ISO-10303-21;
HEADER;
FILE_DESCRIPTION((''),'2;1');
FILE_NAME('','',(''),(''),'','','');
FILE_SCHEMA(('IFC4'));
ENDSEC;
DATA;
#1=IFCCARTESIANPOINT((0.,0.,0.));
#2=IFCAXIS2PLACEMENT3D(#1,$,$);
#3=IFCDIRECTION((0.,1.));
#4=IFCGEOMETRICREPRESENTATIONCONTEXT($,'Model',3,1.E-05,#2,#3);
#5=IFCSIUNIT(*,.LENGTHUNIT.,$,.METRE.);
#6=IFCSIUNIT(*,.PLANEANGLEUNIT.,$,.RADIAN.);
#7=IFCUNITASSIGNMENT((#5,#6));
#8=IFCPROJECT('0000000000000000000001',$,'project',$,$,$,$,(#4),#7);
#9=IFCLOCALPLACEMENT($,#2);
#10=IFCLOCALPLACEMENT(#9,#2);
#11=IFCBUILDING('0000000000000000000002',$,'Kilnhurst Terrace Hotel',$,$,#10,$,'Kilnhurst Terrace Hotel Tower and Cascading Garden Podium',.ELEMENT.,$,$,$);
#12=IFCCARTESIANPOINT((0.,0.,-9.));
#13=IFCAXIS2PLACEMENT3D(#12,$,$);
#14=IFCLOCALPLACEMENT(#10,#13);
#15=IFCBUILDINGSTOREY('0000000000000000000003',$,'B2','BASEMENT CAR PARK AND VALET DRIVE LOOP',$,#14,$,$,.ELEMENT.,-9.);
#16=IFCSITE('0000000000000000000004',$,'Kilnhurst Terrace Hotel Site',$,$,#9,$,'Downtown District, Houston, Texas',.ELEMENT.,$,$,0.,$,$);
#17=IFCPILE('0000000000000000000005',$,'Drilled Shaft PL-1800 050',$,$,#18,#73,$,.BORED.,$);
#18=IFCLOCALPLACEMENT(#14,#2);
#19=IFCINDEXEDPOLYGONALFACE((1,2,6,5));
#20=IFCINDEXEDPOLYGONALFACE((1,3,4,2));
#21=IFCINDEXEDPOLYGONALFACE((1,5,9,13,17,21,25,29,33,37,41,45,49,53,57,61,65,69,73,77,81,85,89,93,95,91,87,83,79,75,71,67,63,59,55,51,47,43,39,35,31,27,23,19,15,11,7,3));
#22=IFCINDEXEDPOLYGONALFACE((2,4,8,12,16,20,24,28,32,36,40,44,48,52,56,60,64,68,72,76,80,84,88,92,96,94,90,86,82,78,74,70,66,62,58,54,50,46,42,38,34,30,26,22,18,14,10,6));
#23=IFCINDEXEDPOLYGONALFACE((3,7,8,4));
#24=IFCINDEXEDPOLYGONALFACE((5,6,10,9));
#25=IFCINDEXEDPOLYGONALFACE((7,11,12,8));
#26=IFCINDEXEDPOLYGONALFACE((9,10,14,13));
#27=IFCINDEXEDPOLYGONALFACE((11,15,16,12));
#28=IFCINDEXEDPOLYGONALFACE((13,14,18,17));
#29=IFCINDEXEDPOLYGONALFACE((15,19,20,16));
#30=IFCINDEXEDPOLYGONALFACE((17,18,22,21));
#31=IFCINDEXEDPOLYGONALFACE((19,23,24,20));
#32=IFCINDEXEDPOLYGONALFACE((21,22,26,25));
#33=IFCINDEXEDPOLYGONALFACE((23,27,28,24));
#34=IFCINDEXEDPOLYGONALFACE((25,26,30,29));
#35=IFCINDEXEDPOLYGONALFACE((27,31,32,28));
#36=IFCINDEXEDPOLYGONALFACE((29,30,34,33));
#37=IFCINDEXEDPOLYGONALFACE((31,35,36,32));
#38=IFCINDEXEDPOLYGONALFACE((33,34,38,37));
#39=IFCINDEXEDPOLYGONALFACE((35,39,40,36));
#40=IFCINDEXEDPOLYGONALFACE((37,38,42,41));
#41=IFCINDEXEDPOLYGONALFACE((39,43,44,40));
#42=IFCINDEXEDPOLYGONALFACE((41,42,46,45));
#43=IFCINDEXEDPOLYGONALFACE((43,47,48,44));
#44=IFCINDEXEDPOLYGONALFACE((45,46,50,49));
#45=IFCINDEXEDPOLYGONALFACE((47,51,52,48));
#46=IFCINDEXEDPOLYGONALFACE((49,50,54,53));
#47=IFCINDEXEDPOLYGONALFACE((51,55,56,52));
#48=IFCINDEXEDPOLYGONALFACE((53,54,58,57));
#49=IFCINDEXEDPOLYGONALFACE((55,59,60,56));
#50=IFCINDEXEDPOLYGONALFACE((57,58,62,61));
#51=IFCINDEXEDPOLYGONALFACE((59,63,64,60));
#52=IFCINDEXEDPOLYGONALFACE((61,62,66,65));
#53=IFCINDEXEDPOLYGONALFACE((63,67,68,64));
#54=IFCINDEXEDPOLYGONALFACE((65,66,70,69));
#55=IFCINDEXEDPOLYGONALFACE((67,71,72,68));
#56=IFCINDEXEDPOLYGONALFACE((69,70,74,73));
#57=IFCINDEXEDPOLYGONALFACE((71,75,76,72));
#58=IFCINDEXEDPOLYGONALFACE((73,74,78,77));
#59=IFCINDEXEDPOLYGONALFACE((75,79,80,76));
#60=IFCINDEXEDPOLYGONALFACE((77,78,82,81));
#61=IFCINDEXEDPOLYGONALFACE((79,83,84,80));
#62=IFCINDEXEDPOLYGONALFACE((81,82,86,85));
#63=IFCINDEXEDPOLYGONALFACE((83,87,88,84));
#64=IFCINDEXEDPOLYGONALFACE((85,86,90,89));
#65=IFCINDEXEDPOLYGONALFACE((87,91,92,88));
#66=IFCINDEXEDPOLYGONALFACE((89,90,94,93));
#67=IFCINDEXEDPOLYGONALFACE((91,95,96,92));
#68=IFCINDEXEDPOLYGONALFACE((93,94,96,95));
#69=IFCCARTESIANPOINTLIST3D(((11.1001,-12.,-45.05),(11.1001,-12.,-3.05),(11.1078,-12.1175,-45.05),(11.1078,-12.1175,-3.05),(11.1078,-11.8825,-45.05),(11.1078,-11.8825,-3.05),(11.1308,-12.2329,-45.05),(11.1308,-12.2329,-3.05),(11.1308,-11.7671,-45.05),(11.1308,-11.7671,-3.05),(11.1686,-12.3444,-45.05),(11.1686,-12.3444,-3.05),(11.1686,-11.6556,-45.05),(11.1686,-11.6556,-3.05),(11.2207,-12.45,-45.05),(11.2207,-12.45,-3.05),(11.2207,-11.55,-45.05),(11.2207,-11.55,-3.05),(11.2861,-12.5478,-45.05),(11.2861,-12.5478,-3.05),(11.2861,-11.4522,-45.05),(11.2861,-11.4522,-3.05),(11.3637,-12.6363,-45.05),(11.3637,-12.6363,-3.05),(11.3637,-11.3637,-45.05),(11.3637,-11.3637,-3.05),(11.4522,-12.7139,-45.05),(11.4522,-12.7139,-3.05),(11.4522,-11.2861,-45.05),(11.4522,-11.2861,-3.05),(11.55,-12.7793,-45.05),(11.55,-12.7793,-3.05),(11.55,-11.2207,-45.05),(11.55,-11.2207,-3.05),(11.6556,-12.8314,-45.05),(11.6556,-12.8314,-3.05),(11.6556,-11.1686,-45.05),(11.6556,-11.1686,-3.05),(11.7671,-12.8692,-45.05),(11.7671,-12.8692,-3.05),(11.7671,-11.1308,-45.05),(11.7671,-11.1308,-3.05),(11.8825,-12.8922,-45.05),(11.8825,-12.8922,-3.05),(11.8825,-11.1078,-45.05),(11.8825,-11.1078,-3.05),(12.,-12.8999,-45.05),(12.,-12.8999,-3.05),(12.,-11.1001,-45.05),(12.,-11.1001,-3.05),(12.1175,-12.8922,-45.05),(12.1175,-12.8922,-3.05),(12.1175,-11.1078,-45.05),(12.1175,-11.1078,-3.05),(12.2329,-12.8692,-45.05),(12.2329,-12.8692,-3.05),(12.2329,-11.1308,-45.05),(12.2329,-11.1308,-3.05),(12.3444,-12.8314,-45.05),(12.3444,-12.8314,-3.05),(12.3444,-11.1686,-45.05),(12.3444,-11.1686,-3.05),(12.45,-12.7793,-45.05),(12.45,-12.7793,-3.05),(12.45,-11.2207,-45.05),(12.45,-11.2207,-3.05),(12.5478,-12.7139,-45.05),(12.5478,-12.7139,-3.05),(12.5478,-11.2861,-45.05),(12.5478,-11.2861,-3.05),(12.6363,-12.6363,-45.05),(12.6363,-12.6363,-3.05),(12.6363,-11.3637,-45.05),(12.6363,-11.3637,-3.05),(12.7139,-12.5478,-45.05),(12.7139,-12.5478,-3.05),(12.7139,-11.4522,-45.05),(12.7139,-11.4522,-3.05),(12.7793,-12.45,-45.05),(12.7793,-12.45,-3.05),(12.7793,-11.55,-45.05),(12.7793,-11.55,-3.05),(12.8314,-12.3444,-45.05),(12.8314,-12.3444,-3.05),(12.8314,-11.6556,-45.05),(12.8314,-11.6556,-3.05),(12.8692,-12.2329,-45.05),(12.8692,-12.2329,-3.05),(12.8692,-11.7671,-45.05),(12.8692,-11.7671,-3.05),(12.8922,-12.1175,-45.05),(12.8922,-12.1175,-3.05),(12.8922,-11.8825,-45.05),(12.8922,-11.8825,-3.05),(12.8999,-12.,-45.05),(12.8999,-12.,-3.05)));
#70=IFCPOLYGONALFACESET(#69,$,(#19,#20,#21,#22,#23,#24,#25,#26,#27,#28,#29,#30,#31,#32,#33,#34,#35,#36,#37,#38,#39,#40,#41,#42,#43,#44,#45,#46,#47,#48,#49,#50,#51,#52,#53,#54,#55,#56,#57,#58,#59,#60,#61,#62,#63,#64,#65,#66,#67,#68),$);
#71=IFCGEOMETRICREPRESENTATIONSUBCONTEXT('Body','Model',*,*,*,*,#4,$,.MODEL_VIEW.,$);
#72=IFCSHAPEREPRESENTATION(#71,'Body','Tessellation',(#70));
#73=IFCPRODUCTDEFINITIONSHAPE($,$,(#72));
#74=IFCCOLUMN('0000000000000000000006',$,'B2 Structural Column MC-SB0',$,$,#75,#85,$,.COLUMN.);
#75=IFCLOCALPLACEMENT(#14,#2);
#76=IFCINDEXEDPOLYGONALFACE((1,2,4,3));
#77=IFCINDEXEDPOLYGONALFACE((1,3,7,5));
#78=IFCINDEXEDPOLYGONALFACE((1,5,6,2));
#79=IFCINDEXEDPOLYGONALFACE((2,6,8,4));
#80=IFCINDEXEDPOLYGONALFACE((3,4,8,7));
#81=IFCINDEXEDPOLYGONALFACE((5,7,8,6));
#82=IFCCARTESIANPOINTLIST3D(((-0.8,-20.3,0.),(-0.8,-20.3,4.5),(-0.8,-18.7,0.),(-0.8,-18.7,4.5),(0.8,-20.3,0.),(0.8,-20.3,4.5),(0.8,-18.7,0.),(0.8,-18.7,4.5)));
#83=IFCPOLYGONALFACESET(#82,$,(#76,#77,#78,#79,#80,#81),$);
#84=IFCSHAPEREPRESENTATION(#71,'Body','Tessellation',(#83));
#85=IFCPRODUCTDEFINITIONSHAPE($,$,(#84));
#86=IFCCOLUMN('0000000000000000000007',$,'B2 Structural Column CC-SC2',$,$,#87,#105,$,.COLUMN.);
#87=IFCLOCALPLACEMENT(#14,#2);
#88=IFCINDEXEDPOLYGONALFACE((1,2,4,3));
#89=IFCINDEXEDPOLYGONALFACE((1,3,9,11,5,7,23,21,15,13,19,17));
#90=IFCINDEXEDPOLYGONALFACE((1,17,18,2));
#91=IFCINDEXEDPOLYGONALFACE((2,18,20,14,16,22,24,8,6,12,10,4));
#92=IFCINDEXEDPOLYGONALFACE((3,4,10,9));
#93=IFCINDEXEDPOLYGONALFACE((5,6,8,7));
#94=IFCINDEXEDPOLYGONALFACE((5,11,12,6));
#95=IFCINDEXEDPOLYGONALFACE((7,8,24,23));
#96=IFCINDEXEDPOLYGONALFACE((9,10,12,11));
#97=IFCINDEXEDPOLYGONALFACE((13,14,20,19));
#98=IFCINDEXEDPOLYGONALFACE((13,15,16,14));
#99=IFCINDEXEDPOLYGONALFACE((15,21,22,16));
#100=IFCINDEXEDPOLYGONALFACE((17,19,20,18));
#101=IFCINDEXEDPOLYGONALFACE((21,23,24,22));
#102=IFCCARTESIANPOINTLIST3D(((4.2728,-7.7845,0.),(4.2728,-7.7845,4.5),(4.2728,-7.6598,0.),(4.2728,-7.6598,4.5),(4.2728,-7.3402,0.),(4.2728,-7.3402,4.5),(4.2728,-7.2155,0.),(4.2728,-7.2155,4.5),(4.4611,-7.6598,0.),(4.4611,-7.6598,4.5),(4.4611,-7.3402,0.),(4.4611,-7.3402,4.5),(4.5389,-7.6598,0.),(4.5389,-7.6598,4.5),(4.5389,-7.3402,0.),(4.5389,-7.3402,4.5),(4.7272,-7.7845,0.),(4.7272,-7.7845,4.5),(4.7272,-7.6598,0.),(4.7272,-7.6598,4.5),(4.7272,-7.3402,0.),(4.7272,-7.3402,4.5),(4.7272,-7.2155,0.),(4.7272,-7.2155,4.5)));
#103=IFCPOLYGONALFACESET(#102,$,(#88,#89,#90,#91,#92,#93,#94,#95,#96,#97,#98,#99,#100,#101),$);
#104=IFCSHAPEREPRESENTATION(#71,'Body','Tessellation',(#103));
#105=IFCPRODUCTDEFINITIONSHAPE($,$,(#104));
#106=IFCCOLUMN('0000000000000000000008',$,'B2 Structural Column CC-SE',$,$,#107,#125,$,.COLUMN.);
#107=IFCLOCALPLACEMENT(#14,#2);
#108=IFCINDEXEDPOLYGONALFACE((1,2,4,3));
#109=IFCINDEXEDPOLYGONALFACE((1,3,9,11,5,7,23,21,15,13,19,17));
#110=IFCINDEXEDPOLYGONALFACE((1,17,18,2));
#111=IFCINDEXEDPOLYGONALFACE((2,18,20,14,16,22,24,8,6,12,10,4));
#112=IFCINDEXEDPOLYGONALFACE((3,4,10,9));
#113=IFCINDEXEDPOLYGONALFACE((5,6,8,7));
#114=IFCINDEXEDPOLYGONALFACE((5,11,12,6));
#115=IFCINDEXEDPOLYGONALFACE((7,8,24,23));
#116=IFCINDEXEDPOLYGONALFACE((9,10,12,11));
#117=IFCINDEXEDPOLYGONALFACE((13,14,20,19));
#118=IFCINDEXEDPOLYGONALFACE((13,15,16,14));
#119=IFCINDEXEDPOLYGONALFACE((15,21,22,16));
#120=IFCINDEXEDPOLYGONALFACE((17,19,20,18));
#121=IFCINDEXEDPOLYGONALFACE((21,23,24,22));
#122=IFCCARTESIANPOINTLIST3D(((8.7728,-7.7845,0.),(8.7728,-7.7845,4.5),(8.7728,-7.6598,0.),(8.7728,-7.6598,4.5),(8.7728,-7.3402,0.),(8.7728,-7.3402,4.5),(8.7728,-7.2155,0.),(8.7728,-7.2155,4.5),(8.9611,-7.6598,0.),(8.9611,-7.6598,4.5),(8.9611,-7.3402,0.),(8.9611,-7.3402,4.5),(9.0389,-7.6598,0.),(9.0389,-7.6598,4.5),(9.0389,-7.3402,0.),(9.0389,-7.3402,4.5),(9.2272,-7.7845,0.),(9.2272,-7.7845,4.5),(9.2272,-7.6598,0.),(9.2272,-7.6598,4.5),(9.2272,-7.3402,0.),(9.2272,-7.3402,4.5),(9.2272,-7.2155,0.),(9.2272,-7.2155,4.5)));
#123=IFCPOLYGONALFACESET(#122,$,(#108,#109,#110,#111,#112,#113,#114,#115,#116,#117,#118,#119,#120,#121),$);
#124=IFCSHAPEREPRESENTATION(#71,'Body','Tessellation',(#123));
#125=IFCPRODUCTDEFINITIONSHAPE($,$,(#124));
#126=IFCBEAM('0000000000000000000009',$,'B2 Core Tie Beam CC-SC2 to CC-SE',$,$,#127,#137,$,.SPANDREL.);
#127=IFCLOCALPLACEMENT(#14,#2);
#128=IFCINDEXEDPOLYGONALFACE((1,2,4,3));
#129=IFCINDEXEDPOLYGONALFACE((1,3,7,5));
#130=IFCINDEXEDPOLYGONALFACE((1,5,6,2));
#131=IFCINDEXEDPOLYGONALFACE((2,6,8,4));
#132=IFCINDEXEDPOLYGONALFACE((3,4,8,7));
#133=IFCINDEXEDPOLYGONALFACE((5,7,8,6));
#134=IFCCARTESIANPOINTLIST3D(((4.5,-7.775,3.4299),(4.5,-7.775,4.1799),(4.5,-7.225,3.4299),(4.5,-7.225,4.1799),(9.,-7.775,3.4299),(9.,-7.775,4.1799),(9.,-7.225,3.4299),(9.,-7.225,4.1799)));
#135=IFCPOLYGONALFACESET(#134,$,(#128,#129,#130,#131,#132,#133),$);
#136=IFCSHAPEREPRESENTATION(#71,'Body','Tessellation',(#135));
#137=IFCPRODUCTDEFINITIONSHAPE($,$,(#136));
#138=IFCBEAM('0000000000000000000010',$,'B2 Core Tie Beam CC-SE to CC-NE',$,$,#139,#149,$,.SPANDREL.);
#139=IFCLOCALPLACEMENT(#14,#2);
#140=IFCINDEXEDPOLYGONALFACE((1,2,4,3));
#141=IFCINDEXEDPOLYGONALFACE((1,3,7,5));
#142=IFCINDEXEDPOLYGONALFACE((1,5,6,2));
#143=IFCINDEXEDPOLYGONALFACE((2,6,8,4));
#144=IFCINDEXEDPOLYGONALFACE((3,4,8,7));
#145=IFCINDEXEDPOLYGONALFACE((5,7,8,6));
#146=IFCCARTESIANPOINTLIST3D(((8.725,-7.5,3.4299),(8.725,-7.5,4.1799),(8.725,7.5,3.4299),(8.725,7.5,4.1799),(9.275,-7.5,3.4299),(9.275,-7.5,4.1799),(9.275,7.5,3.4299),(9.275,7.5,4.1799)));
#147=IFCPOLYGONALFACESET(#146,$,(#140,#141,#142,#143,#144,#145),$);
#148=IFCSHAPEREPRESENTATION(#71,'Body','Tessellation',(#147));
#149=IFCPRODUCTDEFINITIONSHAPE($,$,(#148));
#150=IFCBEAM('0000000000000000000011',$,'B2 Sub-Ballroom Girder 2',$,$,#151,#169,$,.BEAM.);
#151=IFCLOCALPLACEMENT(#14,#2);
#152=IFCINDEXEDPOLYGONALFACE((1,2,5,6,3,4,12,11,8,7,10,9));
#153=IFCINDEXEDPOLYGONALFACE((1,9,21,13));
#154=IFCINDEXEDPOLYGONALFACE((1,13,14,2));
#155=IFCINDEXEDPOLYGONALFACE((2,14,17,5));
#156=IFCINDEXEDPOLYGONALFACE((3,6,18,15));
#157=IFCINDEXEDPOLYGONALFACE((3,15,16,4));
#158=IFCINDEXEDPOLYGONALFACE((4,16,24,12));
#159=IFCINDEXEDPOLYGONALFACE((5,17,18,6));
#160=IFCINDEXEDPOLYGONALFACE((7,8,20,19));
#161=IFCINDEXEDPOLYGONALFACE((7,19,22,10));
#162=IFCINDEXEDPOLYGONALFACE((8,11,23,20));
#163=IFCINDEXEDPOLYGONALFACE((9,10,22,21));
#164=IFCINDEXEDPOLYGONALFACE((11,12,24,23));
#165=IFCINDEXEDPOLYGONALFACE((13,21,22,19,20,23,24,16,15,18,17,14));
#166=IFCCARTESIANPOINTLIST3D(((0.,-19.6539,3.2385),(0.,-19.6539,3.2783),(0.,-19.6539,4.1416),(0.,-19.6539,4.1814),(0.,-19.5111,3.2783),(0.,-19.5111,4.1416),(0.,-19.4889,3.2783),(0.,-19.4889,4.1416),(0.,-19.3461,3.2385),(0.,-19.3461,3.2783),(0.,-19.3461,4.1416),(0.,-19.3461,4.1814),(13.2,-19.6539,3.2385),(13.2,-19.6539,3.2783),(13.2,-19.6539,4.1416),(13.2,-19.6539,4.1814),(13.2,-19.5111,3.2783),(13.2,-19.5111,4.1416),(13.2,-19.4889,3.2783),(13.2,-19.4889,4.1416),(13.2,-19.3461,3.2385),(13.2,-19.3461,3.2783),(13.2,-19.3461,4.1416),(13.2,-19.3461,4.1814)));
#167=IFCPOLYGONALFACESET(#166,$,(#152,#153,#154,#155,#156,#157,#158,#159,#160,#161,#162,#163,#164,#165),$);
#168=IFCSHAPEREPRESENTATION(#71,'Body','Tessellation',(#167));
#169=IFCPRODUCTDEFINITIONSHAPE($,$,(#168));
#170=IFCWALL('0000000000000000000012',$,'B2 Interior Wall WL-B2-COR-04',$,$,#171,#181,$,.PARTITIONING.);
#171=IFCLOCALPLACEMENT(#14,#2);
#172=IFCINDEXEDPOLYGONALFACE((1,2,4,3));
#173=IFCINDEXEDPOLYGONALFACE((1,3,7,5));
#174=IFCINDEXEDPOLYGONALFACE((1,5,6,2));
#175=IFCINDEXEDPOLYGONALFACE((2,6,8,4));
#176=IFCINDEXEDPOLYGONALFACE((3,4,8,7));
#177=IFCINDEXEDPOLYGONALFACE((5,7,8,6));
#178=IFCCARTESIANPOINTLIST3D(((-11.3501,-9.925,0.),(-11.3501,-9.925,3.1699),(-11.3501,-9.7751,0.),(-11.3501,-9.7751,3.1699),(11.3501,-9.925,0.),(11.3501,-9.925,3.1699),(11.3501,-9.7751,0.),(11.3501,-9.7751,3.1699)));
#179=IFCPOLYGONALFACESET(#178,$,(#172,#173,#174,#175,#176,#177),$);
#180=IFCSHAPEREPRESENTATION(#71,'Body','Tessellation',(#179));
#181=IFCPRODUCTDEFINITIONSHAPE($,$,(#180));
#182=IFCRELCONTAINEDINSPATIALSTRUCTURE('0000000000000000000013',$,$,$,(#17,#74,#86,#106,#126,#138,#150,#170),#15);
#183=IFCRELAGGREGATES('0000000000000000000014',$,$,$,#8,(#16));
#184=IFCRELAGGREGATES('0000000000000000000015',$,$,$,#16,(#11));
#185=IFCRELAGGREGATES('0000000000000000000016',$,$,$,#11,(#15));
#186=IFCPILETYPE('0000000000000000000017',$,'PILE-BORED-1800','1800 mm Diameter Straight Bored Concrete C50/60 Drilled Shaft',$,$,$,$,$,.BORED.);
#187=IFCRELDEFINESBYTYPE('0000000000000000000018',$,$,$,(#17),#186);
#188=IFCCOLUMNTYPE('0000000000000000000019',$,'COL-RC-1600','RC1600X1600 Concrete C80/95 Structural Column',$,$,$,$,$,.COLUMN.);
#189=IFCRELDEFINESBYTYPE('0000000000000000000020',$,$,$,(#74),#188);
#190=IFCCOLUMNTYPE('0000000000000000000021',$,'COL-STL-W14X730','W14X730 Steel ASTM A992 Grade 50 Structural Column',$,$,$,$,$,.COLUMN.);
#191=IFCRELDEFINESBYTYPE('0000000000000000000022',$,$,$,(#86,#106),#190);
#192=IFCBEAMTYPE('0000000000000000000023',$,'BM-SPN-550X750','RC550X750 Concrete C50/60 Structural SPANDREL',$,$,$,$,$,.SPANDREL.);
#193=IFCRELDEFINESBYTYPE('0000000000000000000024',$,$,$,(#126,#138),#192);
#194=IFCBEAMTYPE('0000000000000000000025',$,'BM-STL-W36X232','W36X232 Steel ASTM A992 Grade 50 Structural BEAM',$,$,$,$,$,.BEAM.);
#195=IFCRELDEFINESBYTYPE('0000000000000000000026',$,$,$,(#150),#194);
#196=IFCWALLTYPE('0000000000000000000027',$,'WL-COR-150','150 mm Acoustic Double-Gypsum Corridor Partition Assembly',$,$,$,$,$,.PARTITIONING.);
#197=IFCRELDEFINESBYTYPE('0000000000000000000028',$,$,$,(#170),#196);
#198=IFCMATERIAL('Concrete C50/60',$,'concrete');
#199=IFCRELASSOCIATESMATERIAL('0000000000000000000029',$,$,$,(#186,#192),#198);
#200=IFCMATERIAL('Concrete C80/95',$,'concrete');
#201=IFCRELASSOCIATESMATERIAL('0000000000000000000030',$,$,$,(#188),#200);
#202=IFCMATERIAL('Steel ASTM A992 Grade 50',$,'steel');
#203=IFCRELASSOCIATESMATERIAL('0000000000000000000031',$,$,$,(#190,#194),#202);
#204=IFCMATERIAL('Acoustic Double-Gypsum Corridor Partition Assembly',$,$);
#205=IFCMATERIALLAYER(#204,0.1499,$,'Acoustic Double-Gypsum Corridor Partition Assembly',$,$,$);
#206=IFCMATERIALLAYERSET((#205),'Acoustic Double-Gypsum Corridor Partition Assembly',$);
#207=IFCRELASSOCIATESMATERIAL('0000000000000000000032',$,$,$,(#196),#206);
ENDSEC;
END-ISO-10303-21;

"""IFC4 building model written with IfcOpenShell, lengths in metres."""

from ifc_helpers import new_model, si_unit, direction, frame, frame_2d, origin, origin_2d, place, context, subcontext, project, spatial, rectangle, circle, i_section, extrude, material, layer, layer_set, material_profile, profile_set, type_object, element, save


model = new_model("IFC4")

# Units and contexts
model_context = context("Model", 3, precision=1e-05, world=origin(), true_north=direction((0.0, 1.0)))
body_context = subcontext(model_context, "Body", "Model", "MODEL_VIEW")
ifc_project = project(units=[si_unit("LENGTHUNIT", "METRE"), si_unit("PLANEANGLEUNIT", "RADIAN")], contexts=[model_context])

# Site, building, storey
site_placement = place(None, origin())
site = spatial("IfcSite", under=ifc_project, at=site_placement, Name="Kilnhurst Terrace Hotel Site", LongName="Downtown District, Houston, Texas", CompositionType="ELEMENT", RefElevation=0.0)
building_placement = place(site_placement, origin())
building = spatial("IfcBuilding", under=site, at=building_placement, Name="Kilnhurst Terrace Hotel", LongName="Kilnhurst Terrace Hotel Tower and Cascading Garden Podium", CompositionType="ELEMENT")
storey_placement = place(building_placement, frame((0.0, 0.0, -9.0)))
storey = spatial("IfcBuildingStorey", under=building, at=storey_placement, Name="B2", Description="BASEMENT CAR PARK AND VALET DRIVE LOOP", CompositionType="ELEMENT", Elevation=-9.0)

# Pile
ifc_material_1 = material(Name="Concrete C50/60", Category="concrete")
ifc_material_profile_1 = material_profile(ifc_material_1, circle(Radius=0.8999, at=origin_2d()), Name="PILE1800")
ifc_profile_set_1 = profile_set([ifc_material_profile_1], Name="Concrete C50/60")
pile_type_1 = type_object("IfcPileType", Name="PILE-BORED-1800", Description="1800 mm Diameter Straight Bored Concrete C50/60 Drilled Shaft", PredefinedType="BORED", material=ifc_profile_set_1)
for number, where, z_axis, x_axis, name in (
    (1, (12.0, -12.0, -3.05), (0.0, 0.0, -1.0), (1.0, 0.0, 0.0), "Drilled Shaft PL-1800 050"),
):
    element("IfcPile", number, at=place(storey_placement, frame(where, z_axis=z_axis, x_axis=x_axis)), inside=storey, type_object=pile_type_1, Name=name, PredefinedType="BORED", context=body_context, shape_type="SweptSolid", body=[
        extrude(circle(Radius=0.8999, at=origin_2d()), origin(), (0.0, 0.0, 1.0), 42.0),
    ])

# Columns
ifc_material_2 = material(Name="Concrete C80/95", Category="concrete")
ifc_material_profile_2 = material_profile(ifc_material_2, rectangle(XDim=1.6001, YDim=1.6001, at=origin_2d()), Name="RC1600X1600")
ifc_profile_set_2 = profile_set([ifc_material_profile_2], Name="Concrete C80/95")
column_type_1 = type_object("IfcColumnType", Name="COL-RC-1600", Description="RC1600X1600 Concrete C80/95 Structural Column", PredefinedType="COLUMN", material=ifc_profile_set_2)
column_placement = place(storey_placement, frame((0.0, -19.5, 0.0), z_axis=(0.0, 0.0, 1.0), x_axis=(1.0, 0.0, 0.0)))
element("IfcColumn", 2, at=column_placement, inside=storey, type_object=column_type_1, Name="B2 Structural Column MC-SB0", PredefinedType="COLUMN", context=body_context, shape_type="SweptSolid", body=[
    extrude(rectangle(XDim=1.6001, YDim=1.6001, at=origin_2d()), origin(), (0.0, 0.0, 1.0), 4.5),
])
ifc_material_3 = material(Name="Steel ASTM A992 Grade 50", Category="steel")
ifc_material_profile_3 = material_profile(ifc_material_3, i_section(OverallWidth=0.4543, OverallDepth=0.5691, WebThickness=0.0779, FlangeThickness=0.1248, at=origin_2d()), Name="W14X730")
ifc_profile_set_3 = profile_set([ifc_material_profile_3], Name="Steel ASTM A992 Grade 50")
column_type_2 = type_object("IfcColumnType", Name="COL-STL-W14X730", Description="W14X730 Steel ASTM A992 Grade 50 Structural Column", PredefinedType="COLUMN", material=ifc_profile_set_3)
for number, where, z_axis, x_axis, name in (
    (3, (4.5, -7.5, 0.0), (0.0, 0.0, 1.0), (1.0, 0.0, 0.0), "B2 Structural Column CC-SC2"),
    (4, (9.0, -7.5, 0.0), (0.0, 0.0, 1.0), (1.0, 0.0, 0.0), "B2 Structural Column CC-SE"),
):
    element("IfcColumn", number, at=place(storey_placement, frame(where, z_axis=z_axis, x_axis=x_axis)), inside=storey, type_object=column_type_2, Name=name, PredefinedType="COLUMN", context=body_context, shape_type="SweptSolid", body=[
        extrude(i_section(OverallWidth=0.4543, OverallDepth=0.5691, WebThickness=0.0779, FlangeThickness=0.1248, at=origin_2d()), origin(), (0.0, 0.0, 1.0), 4.5),
    ])

# Beams
ifc_material_profile_4 = material_profile(ifc_material_1, rectangle(XDim=0.55, YDim=0.75, at=origin_2d()), Name="RC550X750")
ifc_profile_set_4 = profile_set([ifc_material_profile_4], Name="Concrete C50/60")
beam_type_1 = type_object("IfcBeamType", Name="BM-SPN-550X750", Description="RC550X750 Concrete C50/60 Structural SPANDREL", PredefinedType="SPANDREL", material=ifc_profile_set_4)
beam_1_placement = place(storey_placement, frame((4.5, -7.5, 3.8049), z_axis=(1.0, 0.0, 0.0), x_axis=(0.0, 1.0, 0.0)))
element("IfcBeam", 5, at=beam_1_placement, inside=storey, type_object=beam_type_1, Name="B2 Core Tie Beam CC-SC2 to CC-SE", PredefinedType="SPANDREL", context=body_context, shape_type="SweptSolid", body=[
    extrude(rectangle(XDim=0.55, YDim=0.75, at=origin_2d()), origin(), (0.0, 0.0, 1.0), 4.5),
])
beam_2_placement = place(storey_placement, frame((9.0, -7.5, 3.8049), z_axis=(0.0, 1.0, 0.0), x_axis=(-1.0, 0.0, 0.0)))
element("IfcBeam", 6, at=beam_2_placement, inside=storey, type_object=beam_type_1, Name="B2 Core Tie Beam CC-SE to CC-NE", PredefinedType="SPANDREL", context=body_context, shape_type="SweptSolid", body=[
    extrude(rectangle(XDim=0.55, YDim=0.75, at=origin_2d()), origin(), (0.0, 0.0, 1.0), 15.0),
])
ifc_material_profile_5 = material_profile(ifc_material_3, i_section(OverallWidth=0.3079, OverallDepth=0.9429, WebThickness=0.0222, FlangeThickness=0.0398, at=origin_2d()), Name="W36X232")
ifc_profile_set_5 = profile_set([ifc_material_profile_5], Name="Steel ASTM A992 Grade 50")
beam_type_2 = type_object("IfcBeamType", Name="BM-STL-W36X232", Description="W36X232 Steel ASTM A992 Grade 50 Structural BEAM", PredefinedType="BEAM", material=ifc_profile_set_5)
beam_3_placement = place(storey_placement, frame((0.0, -19.5, 3.71), z_axis=(1.0, 0.0, 0.0), x_axis=(0.0, 1.0, 0.0)))
element("IfcBeam", 7, at=beam_3_placement, inside=storey, type_object=beam_type_2, Name="B2 Sub-Ballroom Girder 2", PredefinedType="BEAM", context=body_context, shape_type="SweptSolid", body=[
    extrude(i_section(OverallWidth=0.3079, OverallDepth=0.9429, WebThickness=0.0222, FlangeThickness=0.0398, at=origin_2d()), origin(), (0.0, 0.0, 1.0), 13.2),
])

# Wall
ifc_material_4 = material(Name="Acoustic Double-Gypsum Corridor Partition Assembly")
ifc_layer = layer(ifc_material_4, 0.1499, Name="Acoustic Double-Gypsum Corridor Partition Assembly")
ifc_layer_set = layer_set([ifc_layer], Name="Acoustic Double-Gypsum Corridor Partition Assembly")
wall_type = type_object("IfcWallType", Name="WL-COR-150", Description="150 mm Acoustic Double-Gypsum Corridor Partition Assembly", PredefinedType="PARTITIONING", material=ifc_layer_set)
wall_placement = place(storey_placement, frame((11.3501, -9.8501, 0.0), z_axis=(0.0, 0.0, 1.0), x_axis=(-1.0, 0.0, 0.0)))
element("IfcWall", 8, at=wall_placement, inside=storey, type_object=wall_type, Name="B2 Interior Wall WL-B2-COR-04", PredefinedType="PARTITIONING", context=body_context, shape_type="SweptSolid", body=[
    extrude(rectangle(XDim=22.7002, YDim=0.1499, at=frame_2d((11.3501, 0.0))), origin(), (0.0, 0.0, 1.0), 3.1699),
])

save(model, "model.ifc")
